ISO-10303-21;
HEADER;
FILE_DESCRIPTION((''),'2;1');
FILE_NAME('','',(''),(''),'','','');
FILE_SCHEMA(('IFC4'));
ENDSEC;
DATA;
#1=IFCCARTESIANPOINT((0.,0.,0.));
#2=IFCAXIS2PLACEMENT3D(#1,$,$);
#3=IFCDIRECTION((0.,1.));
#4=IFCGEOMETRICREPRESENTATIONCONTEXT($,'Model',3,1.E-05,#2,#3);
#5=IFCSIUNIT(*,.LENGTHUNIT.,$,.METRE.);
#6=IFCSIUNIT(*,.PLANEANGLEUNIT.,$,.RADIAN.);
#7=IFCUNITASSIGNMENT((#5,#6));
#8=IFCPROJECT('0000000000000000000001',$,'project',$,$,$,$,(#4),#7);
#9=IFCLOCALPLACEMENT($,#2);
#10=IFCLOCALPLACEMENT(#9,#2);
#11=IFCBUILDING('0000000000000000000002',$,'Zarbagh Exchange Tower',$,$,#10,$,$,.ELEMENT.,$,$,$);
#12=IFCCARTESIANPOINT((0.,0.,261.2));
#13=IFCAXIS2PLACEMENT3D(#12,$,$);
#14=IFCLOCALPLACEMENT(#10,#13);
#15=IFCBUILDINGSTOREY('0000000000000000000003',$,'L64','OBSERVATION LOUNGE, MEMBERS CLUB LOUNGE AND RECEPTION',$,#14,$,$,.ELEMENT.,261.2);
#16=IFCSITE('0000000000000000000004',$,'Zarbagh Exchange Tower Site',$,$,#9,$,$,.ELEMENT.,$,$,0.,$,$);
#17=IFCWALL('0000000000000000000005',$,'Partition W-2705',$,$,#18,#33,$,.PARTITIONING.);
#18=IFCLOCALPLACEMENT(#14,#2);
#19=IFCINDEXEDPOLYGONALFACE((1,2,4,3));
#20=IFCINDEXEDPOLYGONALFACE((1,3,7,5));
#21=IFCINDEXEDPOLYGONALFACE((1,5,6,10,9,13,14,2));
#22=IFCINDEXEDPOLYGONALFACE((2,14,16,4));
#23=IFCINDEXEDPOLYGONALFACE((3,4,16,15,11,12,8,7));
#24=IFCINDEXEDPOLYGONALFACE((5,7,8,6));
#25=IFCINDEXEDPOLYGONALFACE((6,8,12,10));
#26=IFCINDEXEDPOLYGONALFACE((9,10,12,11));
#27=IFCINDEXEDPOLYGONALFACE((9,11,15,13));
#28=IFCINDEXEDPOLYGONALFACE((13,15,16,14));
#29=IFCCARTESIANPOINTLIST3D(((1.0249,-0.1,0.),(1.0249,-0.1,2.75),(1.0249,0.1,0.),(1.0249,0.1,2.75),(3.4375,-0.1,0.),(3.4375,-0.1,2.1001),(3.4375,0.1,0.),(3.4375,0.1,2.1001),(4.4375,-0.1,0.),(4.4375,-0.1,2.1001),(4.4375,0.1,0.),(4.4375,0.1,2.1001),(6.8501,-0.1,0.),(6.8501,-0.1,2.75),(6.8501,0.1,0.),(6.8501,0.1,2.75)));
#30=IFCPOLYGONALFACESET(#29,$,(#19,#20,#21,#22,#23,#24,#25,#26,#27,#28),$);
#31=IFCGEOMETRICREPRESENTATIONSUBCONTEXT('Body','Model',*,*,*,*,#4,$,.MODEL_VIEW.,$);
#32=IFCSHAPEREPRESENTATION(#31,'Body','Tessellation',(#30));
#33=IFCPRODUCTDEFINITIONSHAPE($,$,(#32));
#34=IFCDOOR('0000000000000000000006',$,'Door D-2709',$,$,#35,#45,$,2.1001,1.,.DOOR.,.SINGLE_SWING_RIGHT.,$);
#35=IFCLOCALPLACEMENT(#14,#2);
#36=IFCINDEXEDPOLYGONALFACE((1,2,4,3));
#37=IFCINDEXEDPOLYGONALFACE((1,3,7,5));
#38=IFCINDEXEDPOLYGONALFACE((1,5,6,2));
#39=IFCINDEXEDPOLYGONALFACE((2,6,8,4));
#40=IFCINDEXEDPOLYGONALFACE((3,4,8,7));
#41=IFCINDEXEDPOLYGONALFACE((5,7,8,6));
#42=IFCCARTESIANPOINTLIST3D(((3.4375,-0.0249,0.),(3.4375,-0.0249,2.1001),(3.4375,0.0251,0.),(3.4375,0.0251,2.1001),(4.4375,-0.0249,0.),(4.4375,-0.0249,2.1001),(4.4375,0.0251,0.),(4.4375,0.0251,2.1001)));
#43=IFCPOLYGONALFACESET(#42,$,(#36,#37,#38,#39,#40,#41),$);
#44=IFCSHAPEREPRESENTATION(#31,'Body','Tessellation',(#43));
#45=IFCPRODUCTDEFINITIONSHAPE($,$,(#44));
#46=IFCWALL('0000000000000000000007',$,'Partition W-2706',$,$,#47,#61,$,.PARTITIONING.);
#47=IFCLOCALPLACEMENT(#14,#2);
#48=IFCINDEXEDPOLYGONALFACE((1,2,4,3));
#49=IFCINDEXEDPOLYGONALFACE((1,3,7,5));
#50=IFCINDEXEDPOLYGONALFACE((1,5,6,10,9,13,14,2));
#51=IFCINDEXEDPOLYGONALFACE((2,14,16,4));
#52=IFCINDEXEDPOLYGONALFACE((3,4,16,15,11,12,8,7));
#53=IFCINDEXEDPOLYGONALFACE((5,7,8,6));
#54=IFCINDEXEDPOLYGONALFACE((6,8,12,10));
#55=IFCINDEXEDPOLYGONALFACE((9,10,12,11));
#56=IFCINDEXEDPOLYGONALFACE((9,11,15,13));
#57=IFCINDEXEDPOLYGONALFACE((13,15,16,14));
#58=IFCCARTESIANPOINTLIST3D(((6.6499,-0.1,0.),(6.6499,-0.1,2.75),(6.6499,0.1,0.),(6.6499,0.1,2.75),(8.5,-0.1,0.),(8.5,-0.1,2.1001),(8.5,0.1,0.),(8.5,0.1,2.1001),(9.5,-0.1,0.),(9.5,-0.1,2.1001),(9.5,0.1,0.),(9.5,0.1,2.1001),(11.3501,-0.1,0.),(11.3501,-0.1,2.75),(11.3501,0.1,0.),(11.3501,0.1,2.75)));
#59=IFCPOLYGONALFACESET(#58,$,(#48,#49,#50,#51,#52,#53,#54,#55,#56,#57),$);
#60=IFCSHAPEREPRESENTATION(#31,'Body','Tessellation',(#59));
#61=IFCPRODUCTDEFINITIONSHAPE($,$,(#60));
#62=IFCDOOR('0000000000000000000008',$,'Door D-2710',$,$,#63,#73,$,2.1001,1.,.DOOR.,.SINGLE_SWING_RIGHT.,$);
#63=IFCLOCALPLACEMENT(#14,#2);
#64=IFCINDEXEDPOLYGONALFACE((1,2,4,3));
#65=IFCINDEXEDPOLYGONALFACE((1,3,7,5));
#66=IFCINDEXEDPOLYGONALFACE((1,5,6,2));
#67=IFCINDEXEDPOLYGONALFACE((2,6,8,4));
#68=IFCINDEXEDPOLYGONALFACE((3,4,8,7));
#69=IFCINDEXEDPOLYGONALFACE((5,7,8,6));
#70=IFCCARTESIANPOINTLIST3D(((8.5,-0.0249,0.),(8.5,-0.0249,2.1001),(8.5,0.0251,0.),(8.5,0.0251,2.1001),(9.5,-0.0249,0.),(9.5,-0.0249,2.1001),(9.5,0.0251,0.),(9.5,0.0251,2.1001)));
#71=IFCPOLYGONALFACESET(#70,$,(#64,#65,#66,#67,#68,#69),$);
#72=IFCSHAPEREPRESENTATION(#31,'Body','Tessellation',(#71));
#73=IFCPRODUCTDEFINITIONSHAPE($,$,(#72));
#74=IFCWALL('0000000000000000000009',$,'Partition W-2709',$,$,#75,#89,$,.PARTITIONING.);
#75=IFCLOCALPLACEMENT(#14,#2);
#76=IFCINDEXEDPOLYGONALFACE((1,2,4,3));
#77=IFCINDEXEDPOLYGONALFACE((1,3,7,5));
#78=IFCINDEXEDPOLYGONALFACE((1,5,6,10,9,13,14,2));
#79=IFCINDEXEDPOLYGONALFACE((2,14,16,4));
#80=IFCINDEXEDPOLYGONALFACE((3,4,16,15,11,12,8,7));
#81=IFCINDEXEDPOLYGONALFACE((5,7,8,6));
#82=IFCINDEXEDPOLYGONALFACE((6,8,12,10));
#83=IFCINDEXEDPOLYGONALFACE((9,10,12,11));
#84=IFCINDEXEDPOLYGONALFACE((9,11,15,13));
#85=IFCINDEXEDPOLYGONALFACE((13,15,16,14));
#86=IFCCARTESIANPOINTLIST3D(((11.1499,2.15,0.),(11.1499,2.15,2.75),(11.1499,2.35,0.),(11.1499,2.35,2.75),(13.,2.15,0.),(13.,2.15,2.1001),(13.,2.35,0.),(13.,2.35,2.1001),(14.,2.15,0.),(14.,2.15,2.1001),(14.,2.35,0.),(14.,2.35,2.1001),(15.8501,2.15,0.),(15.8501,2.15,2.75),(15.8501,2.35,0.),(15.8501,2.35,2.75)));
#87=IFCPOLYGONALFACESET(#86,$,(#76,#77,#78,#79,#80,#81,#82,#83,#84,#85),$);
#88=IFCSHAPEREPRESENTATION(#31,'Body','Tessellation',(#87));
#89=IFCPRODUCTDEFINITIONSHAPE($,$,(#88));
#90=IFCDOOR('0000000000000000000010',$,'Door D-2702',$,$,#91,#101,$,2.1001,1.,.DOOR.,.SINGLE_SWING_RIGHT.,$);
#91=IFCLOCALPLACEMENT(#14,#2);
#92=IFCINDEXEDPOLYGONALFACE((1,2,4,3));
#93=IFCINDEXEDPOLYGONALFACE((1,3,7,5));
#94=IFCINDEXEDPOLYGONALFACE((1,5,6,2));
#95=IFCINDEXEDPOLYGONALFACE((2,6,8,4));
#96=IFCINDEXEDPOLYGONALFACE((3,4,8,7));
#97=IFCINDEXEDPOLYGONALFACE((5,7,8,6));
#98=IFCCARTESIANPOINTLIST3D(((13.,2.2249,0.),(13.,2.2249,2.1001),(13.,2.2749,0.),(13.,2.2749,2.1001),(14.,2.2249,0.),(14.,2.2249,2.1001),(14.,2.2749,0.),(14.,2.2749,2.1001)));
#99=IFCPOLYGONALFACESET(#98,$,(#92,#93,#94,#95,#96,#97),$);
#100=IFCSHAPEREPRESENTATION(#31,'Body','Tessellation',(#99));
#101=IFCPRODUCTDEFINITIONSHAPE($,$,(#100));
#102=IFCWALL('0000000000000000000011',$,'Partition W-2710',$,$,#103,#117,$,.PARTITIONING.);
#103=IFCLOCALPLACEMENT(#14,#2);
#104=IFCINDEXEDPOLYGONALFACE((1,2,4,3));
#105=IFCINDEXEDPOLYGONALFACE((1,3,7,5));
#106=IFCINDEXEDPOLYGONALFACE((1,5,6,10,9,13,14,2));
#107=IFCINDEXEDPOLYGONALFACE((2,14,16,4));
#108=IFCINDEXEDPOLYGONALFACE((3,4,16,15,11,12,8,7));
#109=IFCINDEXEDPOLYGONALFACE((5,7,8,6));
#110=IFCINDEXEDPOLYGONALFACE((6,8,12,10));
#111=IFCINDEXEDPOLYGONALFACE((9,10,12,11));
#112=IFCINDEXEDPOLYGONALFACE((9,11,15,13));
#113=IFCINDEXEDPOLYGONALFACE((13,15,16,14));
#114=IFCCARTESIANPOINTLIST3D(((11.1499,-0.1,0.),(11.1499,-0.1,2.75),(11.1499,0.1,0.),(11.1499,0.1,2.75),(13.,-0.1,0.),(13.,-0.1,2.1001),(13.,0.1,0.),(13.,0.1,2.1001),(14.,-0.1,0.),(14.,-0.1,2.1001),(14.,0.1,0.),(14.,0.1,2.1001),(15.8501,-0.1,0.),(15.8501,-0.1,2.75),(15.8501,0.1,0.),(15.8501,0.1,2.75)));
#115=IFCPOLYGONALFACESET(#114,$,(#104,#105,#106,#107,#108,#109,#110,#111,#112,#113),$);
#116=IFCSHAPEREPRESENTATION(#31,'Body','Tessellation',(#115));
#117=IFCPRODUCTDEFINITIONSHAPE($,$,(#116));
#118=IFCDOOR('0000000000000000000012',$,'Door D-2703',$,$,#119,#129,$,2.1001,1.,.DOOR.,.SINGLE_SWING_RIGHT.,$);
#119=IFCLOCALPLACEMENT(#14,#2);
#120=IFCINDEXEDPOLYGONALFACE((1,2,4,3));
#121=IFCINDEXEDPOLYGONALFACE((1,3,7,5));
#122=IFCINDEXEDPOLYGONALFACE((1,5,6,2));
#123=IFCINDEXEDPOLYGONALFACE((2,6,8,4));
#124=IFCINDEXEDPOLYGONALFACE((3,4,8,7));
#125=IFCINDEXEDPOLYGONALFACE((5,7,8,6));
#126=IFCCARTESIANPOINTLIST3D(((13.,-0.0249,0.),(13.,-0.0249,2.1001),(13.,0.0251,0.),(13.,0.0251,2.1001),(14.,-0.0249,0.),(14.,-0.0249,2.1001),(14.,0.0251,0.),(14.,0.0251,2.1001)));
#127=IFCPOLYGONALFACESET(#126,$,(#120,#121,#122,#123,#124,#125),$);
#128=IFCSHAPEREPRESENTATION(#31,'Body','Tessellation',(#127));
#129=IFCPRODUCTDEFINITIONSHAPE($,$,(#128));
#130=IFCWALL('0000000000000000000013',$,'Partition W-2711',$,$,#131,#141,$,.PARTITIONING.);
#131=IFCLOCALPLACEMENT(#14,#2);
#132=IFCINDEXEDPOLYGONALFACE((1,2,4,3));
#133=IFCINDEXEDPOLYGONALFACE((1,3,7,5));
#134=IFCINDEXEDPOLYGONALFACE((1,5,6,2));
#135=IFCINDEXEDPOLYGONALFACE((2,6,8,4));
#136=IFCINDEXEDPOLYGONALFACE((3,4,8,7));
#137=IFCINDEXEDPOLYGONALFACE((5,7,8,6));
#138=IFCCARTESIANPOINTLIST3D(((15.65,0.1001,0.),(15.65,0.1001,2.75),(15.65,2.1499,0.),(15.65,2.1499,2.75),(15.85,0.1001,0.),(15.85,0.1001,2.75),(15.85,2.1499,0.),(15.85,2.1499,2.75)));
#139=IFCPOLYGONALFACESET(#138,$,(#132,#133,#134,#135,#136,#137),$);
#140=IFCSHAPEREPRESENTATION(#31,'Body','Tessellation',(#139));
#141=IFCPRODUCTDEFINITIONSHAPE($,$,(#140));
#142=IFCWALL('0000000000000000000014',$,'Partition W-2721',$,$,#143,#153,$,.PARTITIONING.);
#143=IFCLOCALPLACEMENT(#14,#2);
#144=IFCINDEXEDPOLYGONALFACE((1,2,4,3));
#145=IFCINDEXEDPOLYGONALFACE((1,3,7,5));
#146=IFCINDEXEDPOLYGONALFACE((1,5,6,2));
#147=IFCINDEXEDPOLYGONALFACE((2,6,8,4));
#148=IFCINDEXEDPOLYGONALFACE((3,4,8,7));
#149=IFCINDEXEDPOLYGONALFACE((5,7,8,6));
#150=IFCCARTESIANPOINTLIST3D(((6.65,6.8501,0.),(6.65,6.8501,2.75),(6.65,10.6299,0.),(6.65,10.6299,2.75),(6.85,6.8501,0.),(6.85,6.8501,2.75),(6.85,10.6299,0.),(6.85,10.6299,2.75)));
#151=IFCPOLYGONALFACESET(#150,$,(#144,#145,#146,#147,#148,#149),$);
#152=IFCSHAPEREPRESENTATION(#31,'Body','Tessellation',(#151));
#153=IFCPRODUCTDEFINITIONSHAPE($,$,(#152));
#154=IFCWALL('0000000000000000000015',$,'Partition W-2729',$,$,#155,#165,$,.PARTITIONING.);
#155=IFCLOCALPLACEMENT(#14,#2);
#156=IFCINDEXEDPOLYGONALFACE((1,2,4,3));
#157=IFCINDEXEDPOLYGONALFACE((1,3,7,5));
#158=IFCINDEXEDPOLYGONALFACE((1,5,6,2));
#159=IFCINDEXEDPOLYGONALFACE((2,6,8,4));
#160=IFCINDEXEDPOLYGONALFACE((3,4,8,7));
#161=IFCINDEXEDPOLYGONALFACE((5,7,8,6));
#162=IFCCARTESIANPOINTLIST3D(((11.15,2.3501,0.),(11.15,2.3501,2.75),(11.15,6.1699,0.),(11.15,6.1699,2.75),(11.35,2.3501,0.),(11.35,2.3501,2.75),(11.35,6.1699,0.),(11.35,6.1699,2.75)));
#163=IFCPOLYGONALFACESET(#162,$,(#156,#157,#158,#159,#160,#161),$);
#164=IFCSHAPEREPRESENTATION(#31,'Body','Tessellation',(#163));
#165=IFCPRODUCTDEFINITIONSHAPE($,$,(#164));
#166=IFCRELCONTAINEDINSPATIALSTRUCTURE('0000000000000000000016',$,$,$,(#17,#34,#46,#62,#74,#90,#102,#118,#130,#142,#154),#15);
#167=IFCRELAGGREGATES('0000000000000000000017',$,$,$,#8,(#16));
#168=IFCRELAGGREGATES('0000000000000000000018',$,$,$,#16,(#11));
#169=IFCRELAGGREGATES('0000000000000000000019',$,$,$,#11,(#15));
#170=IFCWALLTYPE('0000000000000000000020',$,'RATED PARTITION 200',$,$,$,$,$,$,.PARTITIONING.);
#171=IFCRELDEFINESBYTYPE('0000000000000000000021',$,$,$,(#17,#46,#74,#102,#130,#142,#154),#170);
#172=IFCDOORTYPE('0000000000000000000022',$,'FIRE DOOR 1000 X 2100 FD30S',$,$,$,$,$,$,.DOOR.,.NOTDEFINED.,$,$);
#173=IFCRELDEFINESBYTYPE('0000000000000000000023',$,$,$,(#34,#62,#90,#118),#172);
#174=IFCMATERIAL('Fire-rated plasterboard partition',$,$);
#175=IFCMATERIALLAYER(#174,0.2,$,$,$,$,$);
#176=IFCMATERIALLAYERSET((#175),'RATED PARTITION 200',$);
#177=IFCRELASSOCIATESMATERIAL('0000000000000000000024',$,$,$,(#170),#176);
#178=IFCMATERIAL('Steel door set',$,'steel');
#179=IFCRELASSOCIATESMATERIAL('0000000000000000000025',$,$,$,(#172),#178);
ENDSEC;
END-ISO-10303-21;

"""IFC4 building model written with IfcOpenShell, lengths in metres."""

from ifc_helpers import new_model, si_unit, direction, frame, frame_2d, origin, place, context, subcontext, project, spatial, rectangle, extrude, material, layer, layer_set, type_object, element, fill, save


model = new_model("IFC4")

# Units and contexts
model_context = context("Model", 3, precision=1e-05, world=origin(), true_north=direction((0.0, 1.0)))
body_context = subcontext(model_context, "Body", "Model", "MODEL_VIEW")
ifc_project = project(units=[si_unit("LENGTHUNIT", "METRE"), si_unit("PLANEANGLEUNIT", "RADIAN")], contexts=[model_context])

# Site, building, storey
site_placement = place(None, origin())
site = spatial("IfcSite", under=ifc_project, at=site_placement, Name="Zarbagh Exchange Tower Site", CompositionType="ELEMENT", RefElevation=0.0)
building_placement = place(site_placement, origin())
building = spatial("IfcBuilding", under=site, at=building_placement, Name="Zarbagh Exchange Tower", CompositionType="ELEMENT")
storey_placement = place(building_placement, frame((0.0, 0.0, 261.2)))
storey = spatial("IfcBuildingStorey", under=building, at=storey_placement, Name="L64", Description="OBSERVATION LOUNGE, MEMBERS CLUB LOUNGE AND RECEPTION", CompositionType="ELEMENT", Elevation=261.2)

# Walls, openings, doors
ifc_material_1 = material(Name="Fire-rated plasterboard partition")
ifc_layer = layer(ifc_material_1, 0.2)
ifc_layer_set = layer_set([ifc_layer], Name="RATED PARTITION 200")
wall_type = type_object("IfcWallType", Name="RATED PARTITION 200", PredefinedType="PARTITIONING", material=ifc_layer_set)
wall_1_placement = place(storey_placement, frame((6.8501, 0.0, 0.0), z_axis=(0.0, 0.0, 1.0), x_axis=(-1.0, 0.0, 0.0)))
wall_1 = element("IfcWall", 1, at=wall_1_placement, inside=storey, type_object=wall_type, Name="Partition W-2705", PredefinedType="PARTITIONING", context=body_context, shape_type="SweptSolid", body=[
    extrude(rectangle(XDim=5.8252, YDim=0.2, at=frame_2d((2.9126, 0.0))), origin(), (0.0, 0.0, 1.0), 2.75),
])
opening_1_placement = place(wall_1_placement, frame((2.4126, 0.0, 0.0)))
opening_1 = element("IfcOpeningElement", 2, at=opening_1_placement, cuts=wall_1, PredefinedType="OPENING", context=body_context, shape_type="SweptSolid", body=[
    extrude(rectangle(XDim=1.0, YDim=2.1001, at=frame_2d((0.5, 1.05))), frame((0.0, 0.1099, 0.0), z_axis=(0.0, -1.0, 0.0), x_axis=(1.0, 0.0, 0.0)), (0.0, 0.0, 1.0), 0.22),
])
ifc_material_2 = material(Name="Steel door set", Category="steel")
door_type_1 = type_object("IfcDoorType", Name="FIRE DOOR 1000 X 2100 FD30S", OperationType="NOTDEFINED", PredefinedType="DOOR", material=ifc_material_2)
door_1_placement = place(opening_1_placement, origin())
door_1 = element("IfcDoor", 3, at=door_1_placement, inside=storey, type_object=door_type_1, Name="Door D-2709", OperationType="SINGLE_SWING_RIGHT", OverallHeight=2.1001, OverallWidth=1.0, PredefinedType="DOOR", context=body_context, shape_type="SweptSolid", body=[
    extrude(rectangle(XDim=1.0, YDim=2.1001, at=frame_2d((0.5, 1.05))), frame((0.0, 0.0249, 0.0), z_axis=(0.0, -1.0, 0.0), x_axis=(1.0, 0.0, 0.0)), (0.0, 0.0, 1.0), 0.05),
])
fill(opening_1, door_1)
wall_2_placement = place(storey_placement, frame((11.3501, 0.0, 0.0), z_axis=(0.0, 0.0, 1.0), x_axis=(-1.0, 0.0, 0.0)))
wall_2 = element("IfcWall", 4, at=wall_2_placement, inside=storey, type_object=wall_type, Name="Partition W-2706", PredefinedType="PARTITIONING", context=body_context, shape_type="SweptSolid", body=[
    extrude(rectangle(XDim=4.7002, YDim=0.2, at=frame_2d((2.3501, 0.0))), origin(), (0.0, 0.0, 1.0), 2.75),
])
opening_2_placement = place(wall_2_placement, frame((1.8501, 0.0, 0.0)))
opening_2 = element("IfcOpeningElement", 5, at=opening_2_placement, cuts=wall_2, PredefinedType="OPENING", context=body_context, shape_type="SweptSolid", body=[
    extrude(rectangle(XDim=1.0, YDim=2.1001, at=frame_2d((0.5, 1.05))), frame((0.0, 0.1099, 0.0), z_axis=(0.0, -1.0, 0.0), x_axis=(1.0, 0.0, 0.0)), (0.0, 0.0, 1.0), 0.22),
])
door_2_placement = place(opening_2_placement, origin())
door_2 = element("IfcDoor", 6, at=door_2_placement, inside=storey, type_object=door_type_1, Name="Door D-2710", OperationType="SINGLE_SWING_RIGHT", OverallHeight=2.1001, OverallWidth=1.0, PredefinedType="DOOR", context=body_context, shape_type="SweptSolid", body=[
    extrude(rectangle(XDim=1.0, YDim=2.1001, at=frame_2d((0.5, 1.05))), frame((0.0, 0.0249, 0.0), z_axis=(0.0, -1.0, 0.0), x_axis=(1.0, 0.0, 0.0)), (0.0, 0.0, 1.0), 0.05),
])
fill(opening_2, door_2)
wall_3_placement = place(storey_placement, frame((11.1499, 2.25, 0.0), z_axis=(0.0, 0.0, 1.0), x_axis=(1.0, 0.0, 0.0)))
wall_3 = element("IfcWall", 7, at=wall_3_placement, inside=storey, type_object=wall_type, Name="Partition W-2709", PredefinedType="PARTITIONING", context=body_context, shape_type="SweptSolid", body=[
    extrude(rectangle(XDim=4.7002, YDim=0.2, at=frame_2d((2.3501, 0.0))), origin(), (0.0, 0.0, 1.0), 2.75),
])
opening_3_placement = place(wall_3_placement, frame((1.8501, 0.0, 0.0)))
opening_3 = element("IfcOpeningElement", 8, at=opening_3_placement, cuts=wall_3, PredefinedType="OPENING", context=body_context, shape_type="SweptSolid", body=[
    extrude(rectangle(XDim=1.0, YDim=2.1001, at=frame_2d((0.5, 1.05))), frame((0.0, 0.1099, 0.0), z_axis=(0.0, -1.0, 0.0), x_axis=(1.0, 0.0, 0.0)), (0.0, 0.0, 1.0), 0.22),
])
door_3_placement = place(opening_3_placement, origin())
door_3 = element("IfcDoor", 9, at=door_3_placement, inside=storey, type_object=door_type_1, Name="Door D-2702", OperationType="SINGLE_SWING_RIGHT", OverallHeight=2.1001, OverallWidth=1.0, PredefinedType="DOOR", context=body_context, shape_type="SweptSolid", body=[
    extrude(rectangle(XDim=1.0, YDim=2.1001, at=frame_2d((0.5, 1.05))), frame((0.0, 0.0249, 0.0), z_axis=(0.0, -1.0, 0.0), x_axis=(1.0, 0.0, 0.0)), (0.0, 0.0, 1.0), 0.05),
])
fill(opening_3, door_3)
wall_4_placement = place(storey_placement, frame((15.8501, 0.0, 0.0), z_axis=(0.0, 0.0, 1.0), x_axis=(-1.0, 0.0, 0.0)))
wall_4 = element("IfcWall", 10, at=wall_4_placement, inside=storey, type_object=wall_type, Name="Partition W-2710", PredefinedType="PARTITIONING", context=body_context, shape_type="SweptSolid", body=[
    extrude(rectangle(XDim=4.7002, YDim=0.2, at=frame_2d((2.3501, 0.0))), origin(), (0.0, 0.0, 1.0), 2.75),
])
opening_4_placement = place(wall_4_placement, frame((1.8501, 0.0, 0.0)))
opening_4 = element("IfcOpeningElement", 11, at=opening_4_placement, cuts=wall_4, PredefinedType="OPENING", context=body_context, shape_type="SweptSolid", body=[
    extrude(rectangle(XDim=1.0, YDim=2.1001, at=frame_2d((0.5, 1.05))), frame((0.0, 0.1099, 0.0), z_axis=(0.0, -1.0, 0.0), x_axis=(1.0, 0.0, 0.0)), (0.0, 0.0, 1.0), 0.22),
])
door_4_placement = place(opening_4_placement, origin())
door_4 = element("IfcDoor", 12, at=door_4_placement, inside=storey, type_object=door_type_1, Name="Door D-2703", OperationType="SINGLE_SWING_RIGHT", OverallHeight=2.1001, OverallWidth=1.0, PredefinedType="DOOR", context=body_context, shape_type="SweptSolid", body=[
    extrude(rectangle(XDim=1.0, YDim=2.1001, at=frame_2d((0.5, 1.05))), frame((0.0, 0.0249, 0.0), z_axis=(0.0, -1.0, 0.0), x_axis=(1.0, 0.0, 0.0)), (0.0, 0.0, 1.0), 0.05),
])
fill(opening_4, door_4)

# Walls
wall_5_placement = place(storey_placement, frame((15.75, 0.1001, 0.0), z_axis=(0.0, 0.0, 1.0), x_axis=(0.0, 1.0, 0.0)))
element("IfcWall", 13, at=wall_5_placement, inside=storey, type_object=wall_type, Name="Partition W-2711", PredefinedType="PARTITIONING", context=body_context, shape_type="SweptSolid", body=[
    extrude(rectangle(XDim=2.0498, YDim=0.2, at=frame_2d((1.0249, 0.0))), origin(), (0.0, 0.0, 1.0), 2.75),
])
wall_6_placement = place(storey_placement, frame((6.75, 6.8501, 0.0), z_axis=(0.0, 0.0, 1.0), x_axis=(0.0, 1.0, 0.0)))
element("IfcWall", 14, at=wall_6_placement, inside=storey, type_object=wall_type, Name="Partition W-2721", PredefinedType="PARTITIONING", context=body_context, shape_type="SweptSolid", body=[
    extrude(rectangle(XDim=3.7798, YDim=0.2, at=frame_2d((1.8899, 0.0))), origin(), (0.0, 0.0, 1.0), 2.75),
])
wall_7_placement = place(storey_placement, frame((11.25, 2.3501, 0.0), z_axis=(0.0, 0.0, 1.0), x_axis=(0.0, 1.0, 0.0)))
element("IfcWall", 15, at=wall_7_placement, inside=storey, type_object=wall_type, Name="Partition W-2729", PredefinedType="PARTITIONING", context=body_context, shape_type="SweptSolid", body=[
    extrude(rectangle(XDim=3.8198, YDim=0.2, at=frame_2d((1.9099, 0.0))), origin(), (0.0, 0.0, 1.0), 2.75),
])

save(model, "model.ifc")
